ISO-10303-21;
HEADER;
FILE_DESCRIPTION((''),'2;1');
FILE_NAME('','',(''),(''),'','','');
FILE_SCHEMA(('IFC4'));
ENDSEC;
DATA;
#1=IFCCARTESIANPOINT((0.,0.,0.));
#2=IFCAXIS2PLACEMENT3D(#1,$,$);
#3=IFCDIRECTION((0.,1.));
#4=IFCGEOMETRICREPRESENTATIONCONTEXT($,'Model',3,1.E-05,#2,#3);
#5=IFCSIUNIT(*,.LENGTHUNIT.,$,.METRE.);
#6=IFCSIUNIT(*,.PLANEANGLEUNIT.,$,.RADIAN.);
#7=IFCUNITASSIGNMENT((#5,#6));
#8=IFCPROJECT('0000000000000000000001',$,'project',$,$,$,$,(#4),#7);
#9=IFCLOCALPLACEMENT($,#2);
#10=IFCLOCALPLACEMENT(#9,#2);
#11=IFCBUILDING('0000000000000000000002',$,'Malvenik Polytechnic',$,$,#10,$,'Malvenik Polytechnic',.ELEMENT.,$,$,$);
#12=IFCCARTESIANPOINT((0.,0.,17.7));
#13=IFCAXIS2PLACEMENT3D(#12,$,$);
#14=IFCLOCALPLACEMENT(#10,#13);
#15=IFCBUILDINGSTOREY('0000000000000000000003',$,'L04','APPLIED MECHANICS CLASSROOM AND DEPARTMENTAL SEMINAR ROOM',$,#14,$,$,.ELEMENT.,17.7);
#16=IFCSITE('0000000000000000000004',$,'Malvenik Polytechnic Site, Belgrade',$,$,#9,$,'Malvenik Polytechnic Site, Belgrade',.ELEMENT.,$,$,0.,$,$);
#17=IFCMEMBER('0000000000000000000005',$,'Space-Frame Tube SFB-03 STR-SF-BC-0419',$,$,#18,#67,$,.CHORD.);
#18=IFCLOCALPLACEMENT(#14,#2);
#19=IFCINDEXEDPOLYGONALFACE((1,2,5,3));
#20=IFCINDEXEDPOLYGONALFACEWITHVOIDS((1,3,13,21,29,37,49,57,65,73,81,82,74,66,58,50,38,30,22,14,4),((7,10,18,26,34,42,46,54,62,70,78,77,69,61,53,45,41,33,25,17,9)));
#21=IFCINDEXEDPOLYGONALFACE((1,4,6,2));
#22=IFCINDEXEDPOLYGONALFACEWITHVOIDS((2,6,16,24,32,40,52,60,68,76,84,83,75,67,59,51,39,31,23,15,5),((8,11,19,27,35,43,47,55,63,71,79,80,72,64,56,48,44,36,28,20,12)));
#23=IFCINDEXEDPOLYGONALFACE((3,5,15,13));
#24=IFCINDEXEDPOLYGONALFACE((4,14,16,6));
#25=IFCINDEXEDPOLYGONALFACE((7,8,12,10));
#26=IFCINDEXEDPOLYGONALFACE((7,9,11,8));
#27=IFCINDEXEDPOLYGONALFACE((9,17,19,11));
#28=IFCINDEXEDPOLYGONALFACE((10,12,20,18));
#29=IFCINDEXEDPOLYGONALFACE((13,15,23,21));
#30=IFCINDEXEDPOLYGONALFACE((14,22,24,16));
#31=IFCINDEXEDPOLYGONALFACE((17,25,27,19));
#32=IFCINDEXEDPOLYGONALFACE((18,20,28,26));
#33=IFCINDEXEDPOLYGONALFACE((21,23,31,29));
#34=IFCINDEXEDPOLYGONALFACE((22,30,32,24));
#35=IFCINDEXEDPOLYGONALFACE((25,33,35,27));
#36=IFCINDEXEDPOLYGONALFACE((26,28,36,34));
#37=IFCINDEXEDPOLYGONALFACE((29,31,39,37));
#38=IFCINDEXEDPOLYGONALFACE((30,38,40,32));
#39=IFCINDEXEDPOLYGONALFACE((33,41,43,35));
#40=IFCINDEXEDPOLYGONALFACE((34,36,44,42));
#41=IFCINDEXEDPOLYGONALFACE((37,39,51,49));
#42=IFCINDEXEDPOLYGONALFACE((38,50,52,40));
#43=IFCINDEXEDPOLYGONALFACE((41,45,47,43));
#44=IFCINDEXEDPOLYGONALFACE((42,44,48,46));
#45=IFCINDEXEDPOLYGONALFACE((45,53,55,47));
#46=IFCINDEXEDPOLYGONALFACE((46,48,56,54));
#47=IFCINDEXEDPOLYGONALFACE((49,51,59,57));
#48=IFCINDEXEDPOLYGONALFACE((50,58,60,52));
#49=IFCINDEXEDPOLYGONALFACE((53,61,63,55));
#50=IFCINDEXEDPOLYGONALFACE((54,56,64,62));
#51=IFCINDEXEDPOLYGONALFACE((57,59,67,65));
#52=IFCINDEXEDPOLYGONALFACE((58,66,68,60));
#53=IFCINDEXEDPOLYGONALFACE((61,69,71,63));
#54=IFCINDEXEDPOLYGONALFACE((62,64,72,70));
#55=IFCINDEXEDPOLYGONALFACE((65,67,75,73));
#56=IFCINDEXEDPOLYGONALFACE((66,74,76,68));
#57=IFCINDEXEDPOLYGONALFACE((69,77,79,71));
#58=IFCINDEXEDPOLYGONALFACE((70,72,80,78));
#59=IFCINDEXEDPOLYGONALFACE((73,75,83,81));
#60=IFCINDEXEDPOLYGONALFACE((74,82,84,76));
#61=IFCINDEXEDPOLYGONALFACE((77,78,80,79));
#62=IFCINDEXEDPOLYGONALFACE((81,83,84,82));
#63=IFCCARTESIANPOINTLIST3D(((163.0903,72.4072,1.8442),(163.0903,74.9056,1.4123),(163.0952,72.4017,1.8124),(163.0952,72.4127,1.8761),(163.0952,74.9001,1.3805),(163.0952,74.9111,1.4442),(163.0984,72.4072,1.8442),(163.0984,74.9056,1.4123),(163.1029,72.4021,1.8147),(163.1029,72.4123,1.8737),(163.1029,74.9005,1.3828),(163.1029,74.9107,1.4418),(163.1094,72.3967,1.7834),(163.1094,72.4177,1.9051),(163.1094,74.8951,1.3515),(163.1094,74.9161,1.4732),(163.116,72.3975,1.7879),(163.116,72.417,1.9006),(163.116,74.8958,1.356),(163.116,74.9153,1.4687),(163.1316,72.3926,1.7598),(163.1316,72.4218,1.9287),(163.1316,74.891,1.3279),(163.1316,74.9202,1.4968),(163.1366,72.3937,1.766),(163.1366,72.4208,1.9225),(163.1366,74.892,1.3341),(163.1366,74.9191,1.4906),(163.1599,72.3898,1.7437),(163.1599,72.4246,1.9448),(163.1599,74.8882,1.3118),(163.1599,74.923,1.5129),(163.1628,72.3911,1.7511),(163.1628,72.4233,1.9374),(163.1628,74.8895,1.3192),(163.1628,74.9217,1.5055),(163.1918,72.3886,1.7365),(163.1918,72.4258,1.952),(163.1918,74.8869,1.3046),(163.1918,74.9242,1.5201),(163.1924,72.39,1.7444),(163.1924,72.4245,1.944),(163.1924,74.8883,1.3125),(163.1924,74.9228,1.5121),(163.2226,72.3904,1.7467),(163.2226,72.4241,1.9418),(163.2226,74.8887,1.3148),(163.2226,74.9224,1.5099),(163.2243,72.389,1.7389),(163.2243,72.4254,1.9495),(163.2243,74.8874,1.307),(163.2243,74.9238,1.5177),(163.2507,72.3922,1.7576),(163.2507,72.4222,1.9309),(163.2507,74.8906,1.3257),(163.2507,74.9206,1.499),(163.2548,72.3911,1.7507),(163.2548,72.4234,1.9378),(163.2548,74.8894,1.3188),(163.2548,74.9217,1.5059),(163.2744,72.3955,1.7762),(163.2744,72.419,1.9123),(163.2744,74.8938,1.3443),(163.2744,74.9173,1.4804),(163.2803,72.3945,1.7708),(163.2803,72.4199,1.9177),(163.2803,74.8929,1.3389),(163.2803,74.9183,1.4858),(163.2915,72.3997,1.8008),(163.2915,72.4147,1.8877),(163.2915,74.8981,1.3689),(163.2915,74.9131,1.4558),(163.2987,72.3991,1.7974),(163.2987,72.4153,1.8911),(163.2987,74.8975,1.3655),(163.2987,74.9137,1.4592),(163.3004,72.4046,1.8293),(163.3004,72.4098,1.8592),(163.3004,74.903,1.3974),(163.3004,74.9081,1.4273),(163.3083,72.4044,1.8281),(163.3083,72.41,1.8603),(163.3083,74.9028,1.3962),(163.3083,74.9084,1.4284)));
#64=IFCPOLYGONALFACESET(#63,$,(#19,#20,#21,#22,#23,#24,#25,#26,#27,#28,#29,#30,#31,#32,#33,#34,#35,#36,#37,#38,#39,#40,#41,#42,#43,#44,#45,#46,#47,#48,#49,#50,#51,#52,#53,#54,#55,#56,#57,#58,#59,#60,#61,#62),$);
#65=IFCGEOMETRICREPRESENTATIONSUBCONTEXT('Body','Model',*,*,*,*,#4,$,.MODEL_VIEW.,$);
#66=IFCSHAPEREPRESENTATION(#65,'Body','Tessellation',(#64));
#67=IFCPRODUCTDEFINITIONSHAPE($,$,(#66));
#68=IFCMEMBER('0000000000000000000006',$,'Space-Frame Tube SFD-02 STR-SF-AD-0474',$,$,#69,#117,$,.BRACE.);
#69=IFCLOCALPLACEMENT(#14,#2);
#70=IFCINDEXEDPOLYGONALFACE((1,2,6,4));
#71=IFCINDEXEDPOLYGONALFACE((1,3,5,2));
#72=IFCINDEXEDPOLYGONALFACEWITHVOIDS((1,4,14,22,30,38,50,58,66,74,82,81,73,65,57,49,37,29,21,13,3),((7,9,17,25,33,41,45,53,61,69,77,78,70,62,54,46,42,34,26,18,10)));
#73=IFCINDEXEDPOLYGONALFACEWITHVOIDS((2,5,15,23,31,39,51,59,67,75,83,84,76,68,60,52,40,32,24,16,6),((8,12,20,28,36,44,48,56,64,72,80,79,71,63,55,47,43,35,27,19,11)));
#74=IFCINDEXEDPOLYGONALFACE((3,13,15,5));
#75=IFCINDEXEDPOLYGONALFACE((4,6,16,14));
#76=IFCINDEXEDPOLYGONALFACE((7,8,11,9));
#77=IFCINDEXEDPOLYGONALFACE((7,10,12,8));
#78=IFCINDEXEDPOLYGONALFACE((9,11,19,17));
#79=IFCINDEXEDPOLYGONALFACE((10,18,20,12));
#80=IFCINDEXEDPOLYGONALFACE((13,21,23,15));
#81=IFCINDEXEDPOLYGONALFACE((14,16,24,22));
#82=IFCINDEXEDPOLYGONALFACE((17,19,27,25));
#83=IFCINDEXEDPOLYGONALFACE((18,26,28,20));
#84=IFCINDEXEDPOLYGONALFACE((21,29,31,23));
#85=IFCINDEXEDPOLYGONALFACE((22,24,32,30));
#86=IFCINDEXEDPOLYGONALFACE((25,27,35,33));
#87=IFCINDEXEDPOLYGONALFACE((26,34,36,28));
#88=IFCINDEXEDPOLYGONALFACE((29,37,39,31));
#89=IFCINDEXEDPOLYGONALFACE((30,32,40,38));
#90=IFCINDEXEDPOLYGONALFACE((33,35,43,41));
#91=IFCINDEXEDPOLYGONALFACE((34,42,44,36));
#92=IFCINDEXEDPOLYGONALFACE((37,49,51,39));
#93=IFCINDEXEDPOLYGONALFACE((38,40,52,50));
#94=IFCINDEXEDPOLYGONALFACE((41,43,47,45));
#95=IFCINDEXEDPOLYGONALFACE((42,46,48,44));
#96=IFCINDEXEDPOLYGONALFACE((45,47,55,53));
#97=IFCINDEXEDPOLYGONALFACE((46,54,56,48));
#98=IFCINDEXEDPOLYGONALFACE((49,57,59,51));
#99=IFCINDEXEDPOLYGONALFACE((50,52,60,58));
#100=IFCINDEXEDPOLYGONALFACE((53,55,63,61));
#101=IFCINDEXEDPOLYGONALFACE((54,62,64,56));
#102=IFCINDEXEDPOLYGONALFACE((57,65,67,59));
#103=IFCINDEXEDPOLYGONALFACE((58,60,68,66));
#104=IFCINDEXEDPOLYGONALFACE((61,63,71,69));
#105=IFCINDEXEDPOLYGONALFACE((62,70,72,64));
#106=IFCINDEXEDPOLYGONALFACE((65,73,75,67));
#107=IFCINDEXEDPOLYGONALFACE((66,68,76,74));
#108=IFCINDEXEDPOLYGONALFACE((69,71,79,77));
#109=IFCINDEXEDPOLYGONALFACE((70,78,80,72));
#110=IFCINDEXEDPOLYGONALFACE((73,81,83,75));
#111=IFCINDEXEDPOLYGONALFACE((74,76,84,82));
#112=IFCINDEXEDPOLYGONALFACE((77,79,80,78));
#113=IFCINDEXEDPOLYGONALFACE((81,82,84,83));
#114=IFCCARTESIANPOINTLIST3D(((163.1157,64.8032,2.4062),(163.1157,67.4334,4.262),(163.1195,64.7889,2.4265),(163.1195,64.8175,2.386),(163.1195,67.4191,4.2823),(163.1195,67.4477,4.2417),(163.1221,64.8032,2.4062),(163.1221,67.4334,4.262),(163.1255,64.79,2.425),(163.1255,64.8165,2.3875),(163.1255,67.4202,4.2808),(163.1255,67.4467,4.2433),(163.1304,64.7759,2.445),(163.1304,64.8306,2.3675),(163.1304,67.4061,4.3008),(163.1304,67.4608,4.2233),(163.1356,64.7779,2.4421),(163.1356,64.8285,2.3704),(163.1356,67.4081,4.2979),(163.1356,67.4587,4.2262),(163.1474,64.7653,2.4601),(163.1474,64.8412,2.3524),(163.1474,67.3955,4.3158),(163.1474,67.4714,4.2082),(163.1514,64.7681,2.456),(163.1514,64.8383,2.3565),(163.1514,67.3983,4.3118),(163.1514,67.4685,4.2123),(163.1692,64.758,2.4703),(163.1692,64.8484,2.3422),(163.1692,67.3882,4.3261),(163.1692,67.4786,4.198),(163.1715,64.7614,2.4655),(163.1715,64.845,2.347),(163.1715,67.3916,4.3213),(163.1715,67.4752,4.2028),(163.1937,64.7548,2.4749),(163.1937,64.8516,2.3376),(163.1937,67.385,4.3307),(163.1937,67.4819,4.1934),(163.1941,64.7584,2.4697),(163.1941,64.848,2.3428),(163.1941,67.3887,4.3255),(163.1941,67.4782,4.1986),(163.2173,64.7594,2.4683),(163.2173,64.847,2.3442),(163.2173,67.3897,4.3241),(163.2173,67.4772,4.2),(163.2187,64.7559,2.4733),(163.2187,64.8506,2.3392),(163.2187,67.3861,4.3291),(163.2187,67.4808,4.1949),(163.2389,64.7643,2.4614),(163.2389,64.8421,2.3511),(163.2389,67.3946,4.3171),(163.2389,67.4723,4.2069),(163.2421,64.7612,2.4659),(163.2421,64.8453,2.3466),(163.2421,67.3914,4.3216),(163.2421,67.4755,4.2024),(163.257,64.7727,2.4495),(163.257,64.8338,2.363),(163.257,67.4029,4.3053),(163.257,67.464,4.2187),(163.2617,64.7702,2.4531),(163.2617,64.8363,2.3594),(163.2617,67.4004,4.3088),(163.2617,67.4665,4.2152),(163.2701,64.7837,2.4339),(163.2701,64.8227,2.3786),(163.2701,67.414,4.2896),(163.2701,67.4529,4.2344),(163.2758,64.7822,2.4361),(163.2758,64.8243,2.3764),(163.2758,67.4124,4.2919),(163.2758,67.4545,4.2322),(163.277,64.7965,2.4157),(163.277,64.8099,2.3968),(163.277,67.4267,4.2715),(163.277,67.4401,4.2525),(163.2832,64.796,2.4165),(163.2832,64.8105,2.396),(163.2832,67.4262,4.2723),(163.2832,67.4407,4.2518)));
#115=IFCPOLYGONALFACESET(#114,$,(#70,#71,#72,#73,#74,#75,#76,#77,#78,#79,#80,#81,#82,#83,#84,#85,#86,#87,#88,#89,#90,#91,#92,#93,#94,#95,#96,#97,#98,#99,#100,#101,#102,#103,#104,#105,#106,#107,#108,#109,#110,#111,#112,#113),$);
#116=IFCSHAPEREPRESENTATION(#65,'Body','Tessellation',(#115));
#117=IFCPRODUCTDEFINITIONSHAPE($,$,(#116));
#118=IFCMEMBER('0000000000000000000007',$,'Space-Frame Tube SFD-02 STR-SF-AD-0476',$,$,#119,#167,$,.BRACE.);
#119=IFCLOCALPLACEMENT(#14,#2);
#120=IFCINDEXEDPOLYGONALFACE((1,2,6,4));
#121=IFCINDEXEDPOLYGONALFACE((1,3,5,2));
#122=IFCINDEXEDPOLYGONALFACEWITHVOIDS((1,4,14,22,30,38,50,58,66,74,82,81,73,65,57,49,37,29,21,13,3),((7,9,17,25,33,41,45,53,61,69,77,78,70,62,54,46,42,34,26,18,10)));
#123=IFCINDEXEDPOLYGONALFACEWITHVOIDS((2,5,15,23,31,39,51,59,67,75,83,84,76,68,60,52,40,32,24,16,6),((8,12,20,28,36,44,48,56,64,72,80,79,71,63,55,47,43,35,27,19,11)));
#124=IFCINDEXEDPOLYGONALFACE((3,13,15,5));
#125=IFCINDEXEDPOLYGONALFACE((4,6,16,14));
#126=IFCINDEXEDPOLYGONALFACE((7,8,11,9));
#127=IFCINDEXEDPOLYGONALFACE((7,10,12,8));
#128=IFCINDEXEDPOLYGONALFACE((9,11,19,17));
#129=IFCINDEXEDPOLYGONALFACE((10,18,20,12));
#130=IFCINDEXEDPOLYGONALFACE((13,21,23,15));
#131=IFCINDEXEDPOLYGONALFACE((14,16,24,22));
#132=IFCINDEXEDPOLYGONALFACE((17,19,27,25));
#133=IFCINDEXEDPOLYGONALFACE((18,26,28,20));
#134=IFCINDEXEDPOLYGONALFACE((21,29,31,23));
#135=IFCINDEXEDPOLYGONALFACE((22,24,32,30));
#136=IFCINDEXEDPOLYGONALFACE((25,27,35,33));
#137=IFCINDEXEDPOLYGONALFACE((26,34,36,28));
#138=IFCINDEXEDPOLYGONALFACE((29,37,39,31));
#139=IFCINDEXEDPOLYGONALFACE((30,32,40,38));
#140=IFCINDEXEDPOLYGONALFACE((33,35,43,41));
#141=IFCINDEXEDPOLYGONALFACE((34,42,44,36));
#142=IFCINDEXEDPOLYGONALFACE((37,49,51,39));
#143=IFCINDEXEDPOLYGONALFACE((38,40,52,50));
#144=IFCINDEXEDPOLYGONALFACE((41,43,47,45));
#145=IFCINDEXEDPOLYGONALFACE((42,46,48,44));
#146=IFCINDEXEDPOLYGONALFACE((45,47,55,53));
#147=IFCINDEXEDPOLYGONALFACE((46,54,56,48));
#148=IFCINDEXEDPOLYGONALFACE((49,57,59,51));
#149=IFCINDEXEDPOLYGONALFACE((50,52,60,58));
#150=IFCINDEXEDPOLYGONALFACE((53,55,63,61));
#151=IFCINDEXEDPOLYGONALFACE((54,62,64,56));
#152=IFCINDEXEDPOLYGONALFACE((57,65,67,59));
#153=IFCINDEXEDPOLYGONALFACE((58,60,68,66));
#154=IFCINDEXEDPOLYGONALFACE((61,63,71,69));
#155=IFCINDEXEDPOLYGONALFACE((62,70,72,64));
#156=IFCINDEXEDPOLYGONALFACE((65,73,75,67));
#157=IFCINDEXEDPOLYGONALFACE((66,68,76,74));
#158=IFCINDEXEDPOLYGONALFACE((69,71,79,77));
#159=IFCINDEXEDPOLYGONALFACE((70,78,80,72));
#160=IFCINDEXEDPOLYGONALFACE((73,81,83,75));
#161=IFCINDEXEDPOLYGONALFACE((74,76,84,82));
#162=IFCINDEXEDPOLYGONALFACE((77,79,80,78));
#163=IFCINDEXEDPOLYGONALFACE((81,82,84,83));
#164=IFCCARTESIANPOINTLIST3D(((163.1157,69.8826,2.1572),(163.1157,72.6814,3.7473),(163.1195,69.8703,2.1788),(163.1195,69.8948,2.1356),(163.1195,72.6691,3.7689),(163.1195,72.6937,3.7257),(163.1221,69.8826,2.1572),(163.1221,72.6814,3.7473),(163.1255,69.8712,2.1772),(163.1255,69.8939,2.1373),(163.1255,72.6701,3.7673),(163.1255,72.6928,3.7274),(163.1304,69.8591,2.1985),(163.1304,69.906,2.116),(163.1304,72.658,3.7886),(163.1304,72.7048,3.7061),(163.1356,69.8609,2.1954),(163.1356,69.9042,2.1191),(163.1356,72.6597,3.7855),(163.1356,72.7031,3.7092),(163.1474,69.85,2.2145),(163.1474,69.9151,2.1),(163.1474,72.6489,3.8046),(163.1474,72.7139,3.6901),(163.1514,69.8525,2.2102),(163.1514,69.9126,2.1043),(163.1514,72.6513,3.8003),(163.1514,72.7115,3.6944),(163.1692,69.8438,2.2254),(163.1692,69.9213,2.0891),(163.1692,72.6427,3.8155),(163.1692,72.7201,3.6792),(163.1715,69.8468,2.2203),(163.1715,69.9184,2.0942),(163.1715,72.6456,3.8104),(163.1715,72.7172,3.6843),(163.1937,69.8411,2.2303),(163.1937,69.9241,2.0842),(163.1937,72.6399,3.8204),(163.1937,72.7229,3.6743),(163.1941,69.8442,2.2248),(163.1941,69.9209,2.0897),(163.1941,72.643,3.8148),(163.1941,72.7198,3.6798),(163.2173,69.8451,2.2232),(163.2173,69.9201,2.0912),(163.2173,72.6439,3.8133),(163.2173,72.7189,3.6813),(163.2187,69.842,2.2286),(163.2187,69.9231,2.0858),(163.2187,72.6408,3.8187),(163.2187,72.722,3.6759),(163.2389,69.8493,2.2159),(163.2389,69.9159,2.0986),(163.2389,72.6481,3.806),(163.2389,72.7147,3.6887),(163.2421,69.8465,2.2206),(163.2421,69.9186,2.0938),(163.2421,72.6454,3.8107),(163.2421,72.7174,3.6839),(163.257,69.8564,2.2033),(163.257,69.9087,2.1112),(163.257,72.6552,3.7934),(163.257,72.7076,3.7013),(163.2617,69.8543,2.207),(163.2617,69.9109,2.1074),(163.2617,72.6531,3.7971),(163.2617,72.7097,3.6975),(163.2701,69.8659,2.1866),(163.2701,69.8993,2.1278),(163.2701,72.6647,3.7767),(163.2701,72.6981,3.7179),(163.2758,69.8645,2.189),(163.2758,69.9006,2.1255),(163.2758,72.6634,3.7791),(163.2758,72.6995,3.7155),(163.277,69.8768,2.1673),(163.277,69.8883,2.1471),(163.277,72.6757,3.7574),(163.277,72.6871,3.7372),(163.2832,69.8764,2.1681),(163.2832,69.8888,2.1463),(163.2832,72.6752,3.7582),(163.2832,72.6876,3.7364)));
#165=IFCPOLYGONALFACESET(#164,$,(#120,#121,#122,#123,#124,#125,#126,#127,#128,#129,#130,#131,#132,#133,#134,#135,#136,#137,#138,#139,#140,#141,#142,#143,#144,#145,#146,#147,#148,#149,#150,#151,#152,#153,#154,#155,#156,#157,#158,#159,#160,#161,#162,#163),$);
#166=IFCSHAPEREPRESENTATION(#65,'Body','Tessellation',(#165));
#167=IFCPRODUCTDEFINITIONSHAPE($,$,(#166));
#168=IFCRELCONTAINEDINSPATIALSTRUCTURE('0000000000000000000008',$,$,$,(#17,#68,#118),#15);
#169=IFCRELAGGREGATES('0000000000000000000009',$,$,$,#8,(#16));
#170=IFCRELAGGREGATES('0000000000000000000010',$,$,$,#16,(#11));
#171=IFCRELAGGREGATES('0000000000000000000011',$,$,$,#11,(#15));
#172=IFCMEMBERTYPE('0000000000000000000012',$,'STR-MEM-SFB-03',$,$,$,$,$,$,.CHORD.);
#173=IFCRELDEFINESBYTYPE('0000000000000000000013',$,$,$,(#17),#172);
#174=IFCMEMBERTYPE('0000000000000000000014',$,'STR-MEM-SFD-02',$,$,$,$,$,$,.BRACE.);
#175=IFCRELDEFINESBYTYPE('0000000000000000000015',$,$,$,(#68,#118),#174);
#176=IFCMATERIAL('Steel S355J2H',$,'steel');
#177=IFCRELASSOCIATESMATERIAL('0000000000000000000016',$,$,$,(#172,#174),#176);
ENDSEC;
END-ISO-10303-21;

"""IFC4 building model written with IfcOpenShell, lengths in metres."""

from ifc_helpers import new_model, si_unit, direction, frame, origin, origin_2d, place, context, subcontext, project, spatial, hollow_circle, extrude, material, material_profile, profile_set, type_object, element, save


model = new_model("IFC4")

# Units and contexts
model_context = context("Model", 3, precision=1e-05, world=origin(), true_north=direction((0.0, 1.0)))
body_context = subcontext(model_context, "Body", "Model", "MODEL_VIEW")
ifc_project = project(units=[si_unit("LENGTHUNIT", "METRE"), si_unit("PLANEANGLEUNIT", "RADIAN")], contexts=[model_context])

# Site, building, storey
site_placement = place(None, origin())
site = spatial("IfcSite", under=ifc_project, at=site_placement, Name="Malvenik Polytechnic Site, Belgrade", LongName="Malvenik Polytechnic Site, Belgrade", CompositionType="ELEMENT", RefElevation=0.0)
building_placement = place(site_placement, origin())
building = spatial("IfcBuilding", under=site, at=building_placement, Name="Malvenik Polytechnic", LongName="Malvenik Polytechnic", CompositionType="ELEMENT")
storey_placement = place(building_placement, frame((0.0, 0.0, 17.7)))
storey = spatial("IfcBuildingStorey", under=building, at=storey_placement, Name="L04", Description="APPLIED MECHANICS CLASSROOM AND DEPARTMENTAL SEMINAR ROOM", CompositionType="ELEMENT", Elevation=17.7)

# Members
ifc_material_1 = material(Name="Steel S355J2H", Category="steel")
ifc_material_profile_1 = material_profile(ifc_material_1, hollow_circle(Radius=0.1096, WallThickness=0.0081, at=origin_2d()), Name="CHS 219.1x8.0")
ifc_profile_set_1 = profile_set([ifc_material_profile_1], Name="Steel S355J2H")
member_type_1 = type_object("IfcMemberType", Name="STR-MEM-SFB-03", PredefinedType="CHORD", material=ifc_profile_set_1)
for number, where, z_axis, x_axis, name in (
    (1, (163.2, 72.4072, 1.8442), (0.0, 0.985384, -0.170345), (-1.0, 0.0, 0.0), "Space-Frame Tube SFB-03 STR-SF-BC-0419"),
):
    element("IfcMember", number, at=place(storey_placement, frame(where, z_axis=z_axis, x_axis=x_axis)), inside=storey, type_object=member_type_1, Name=name, PredefinedType="CHORD", context=body_context, shape_type="SweptSolid", body=[
        extrude(hollow_circle(Radius=0.1096, WallThickness=0.0081, at=origin_2d()), origin(), (0.0, 0.0, 1.0), 2.5354),
    ])
ifc_material_profile_2 = material_profile(ifc_material_1, hollow_circle(Radius=0.0842, WallThickness=0.0063, at=origin_2d()), Name="CHS 168.3x6.3")
ifc_profile_set_2 = profile_set([ifc_material_profile_2], Name="Steel S355J2H")
member_type_2 = type_object("IfcMemberType", Name="STR-MEM-SFD-02", PredefinedType="BRACE", material=ifc_profile_set_2)
for number, where, z_axis, x_axis, name in (
    (2, (163.2, 64.8032, 2.4062), (0.0, 0.817092, 0.576507), (-1.0, 0.0, 0.0), "Space-Frame Tube SFD-02 STR-SF-AD-0474"),
    (3, (163.2, 69.8826, 2.1572), (0.0, 0.869477, 0.493973), (-1.0, 0.0, 0.0), "Space-Frame Tube SFD-02 STR-SF-AD-0476"),
):
    element("IfcMember", number, at=place(storey_placement, frame(where, z_axis=z_axis, x_axis=x_axis)), inside=storey, type_object=member_type_2, Name=name, PredefinedType="BRACE", context=body_context, shape_type="SweptSolid", body=[
        extrude(hollow_circle(Radius=0.0842, WallThickness=0.0063, at=origin_2d()), origin(), (0.0, 0.0, 1.0), 3.219),
    ])

save(model, "model.ifc")
